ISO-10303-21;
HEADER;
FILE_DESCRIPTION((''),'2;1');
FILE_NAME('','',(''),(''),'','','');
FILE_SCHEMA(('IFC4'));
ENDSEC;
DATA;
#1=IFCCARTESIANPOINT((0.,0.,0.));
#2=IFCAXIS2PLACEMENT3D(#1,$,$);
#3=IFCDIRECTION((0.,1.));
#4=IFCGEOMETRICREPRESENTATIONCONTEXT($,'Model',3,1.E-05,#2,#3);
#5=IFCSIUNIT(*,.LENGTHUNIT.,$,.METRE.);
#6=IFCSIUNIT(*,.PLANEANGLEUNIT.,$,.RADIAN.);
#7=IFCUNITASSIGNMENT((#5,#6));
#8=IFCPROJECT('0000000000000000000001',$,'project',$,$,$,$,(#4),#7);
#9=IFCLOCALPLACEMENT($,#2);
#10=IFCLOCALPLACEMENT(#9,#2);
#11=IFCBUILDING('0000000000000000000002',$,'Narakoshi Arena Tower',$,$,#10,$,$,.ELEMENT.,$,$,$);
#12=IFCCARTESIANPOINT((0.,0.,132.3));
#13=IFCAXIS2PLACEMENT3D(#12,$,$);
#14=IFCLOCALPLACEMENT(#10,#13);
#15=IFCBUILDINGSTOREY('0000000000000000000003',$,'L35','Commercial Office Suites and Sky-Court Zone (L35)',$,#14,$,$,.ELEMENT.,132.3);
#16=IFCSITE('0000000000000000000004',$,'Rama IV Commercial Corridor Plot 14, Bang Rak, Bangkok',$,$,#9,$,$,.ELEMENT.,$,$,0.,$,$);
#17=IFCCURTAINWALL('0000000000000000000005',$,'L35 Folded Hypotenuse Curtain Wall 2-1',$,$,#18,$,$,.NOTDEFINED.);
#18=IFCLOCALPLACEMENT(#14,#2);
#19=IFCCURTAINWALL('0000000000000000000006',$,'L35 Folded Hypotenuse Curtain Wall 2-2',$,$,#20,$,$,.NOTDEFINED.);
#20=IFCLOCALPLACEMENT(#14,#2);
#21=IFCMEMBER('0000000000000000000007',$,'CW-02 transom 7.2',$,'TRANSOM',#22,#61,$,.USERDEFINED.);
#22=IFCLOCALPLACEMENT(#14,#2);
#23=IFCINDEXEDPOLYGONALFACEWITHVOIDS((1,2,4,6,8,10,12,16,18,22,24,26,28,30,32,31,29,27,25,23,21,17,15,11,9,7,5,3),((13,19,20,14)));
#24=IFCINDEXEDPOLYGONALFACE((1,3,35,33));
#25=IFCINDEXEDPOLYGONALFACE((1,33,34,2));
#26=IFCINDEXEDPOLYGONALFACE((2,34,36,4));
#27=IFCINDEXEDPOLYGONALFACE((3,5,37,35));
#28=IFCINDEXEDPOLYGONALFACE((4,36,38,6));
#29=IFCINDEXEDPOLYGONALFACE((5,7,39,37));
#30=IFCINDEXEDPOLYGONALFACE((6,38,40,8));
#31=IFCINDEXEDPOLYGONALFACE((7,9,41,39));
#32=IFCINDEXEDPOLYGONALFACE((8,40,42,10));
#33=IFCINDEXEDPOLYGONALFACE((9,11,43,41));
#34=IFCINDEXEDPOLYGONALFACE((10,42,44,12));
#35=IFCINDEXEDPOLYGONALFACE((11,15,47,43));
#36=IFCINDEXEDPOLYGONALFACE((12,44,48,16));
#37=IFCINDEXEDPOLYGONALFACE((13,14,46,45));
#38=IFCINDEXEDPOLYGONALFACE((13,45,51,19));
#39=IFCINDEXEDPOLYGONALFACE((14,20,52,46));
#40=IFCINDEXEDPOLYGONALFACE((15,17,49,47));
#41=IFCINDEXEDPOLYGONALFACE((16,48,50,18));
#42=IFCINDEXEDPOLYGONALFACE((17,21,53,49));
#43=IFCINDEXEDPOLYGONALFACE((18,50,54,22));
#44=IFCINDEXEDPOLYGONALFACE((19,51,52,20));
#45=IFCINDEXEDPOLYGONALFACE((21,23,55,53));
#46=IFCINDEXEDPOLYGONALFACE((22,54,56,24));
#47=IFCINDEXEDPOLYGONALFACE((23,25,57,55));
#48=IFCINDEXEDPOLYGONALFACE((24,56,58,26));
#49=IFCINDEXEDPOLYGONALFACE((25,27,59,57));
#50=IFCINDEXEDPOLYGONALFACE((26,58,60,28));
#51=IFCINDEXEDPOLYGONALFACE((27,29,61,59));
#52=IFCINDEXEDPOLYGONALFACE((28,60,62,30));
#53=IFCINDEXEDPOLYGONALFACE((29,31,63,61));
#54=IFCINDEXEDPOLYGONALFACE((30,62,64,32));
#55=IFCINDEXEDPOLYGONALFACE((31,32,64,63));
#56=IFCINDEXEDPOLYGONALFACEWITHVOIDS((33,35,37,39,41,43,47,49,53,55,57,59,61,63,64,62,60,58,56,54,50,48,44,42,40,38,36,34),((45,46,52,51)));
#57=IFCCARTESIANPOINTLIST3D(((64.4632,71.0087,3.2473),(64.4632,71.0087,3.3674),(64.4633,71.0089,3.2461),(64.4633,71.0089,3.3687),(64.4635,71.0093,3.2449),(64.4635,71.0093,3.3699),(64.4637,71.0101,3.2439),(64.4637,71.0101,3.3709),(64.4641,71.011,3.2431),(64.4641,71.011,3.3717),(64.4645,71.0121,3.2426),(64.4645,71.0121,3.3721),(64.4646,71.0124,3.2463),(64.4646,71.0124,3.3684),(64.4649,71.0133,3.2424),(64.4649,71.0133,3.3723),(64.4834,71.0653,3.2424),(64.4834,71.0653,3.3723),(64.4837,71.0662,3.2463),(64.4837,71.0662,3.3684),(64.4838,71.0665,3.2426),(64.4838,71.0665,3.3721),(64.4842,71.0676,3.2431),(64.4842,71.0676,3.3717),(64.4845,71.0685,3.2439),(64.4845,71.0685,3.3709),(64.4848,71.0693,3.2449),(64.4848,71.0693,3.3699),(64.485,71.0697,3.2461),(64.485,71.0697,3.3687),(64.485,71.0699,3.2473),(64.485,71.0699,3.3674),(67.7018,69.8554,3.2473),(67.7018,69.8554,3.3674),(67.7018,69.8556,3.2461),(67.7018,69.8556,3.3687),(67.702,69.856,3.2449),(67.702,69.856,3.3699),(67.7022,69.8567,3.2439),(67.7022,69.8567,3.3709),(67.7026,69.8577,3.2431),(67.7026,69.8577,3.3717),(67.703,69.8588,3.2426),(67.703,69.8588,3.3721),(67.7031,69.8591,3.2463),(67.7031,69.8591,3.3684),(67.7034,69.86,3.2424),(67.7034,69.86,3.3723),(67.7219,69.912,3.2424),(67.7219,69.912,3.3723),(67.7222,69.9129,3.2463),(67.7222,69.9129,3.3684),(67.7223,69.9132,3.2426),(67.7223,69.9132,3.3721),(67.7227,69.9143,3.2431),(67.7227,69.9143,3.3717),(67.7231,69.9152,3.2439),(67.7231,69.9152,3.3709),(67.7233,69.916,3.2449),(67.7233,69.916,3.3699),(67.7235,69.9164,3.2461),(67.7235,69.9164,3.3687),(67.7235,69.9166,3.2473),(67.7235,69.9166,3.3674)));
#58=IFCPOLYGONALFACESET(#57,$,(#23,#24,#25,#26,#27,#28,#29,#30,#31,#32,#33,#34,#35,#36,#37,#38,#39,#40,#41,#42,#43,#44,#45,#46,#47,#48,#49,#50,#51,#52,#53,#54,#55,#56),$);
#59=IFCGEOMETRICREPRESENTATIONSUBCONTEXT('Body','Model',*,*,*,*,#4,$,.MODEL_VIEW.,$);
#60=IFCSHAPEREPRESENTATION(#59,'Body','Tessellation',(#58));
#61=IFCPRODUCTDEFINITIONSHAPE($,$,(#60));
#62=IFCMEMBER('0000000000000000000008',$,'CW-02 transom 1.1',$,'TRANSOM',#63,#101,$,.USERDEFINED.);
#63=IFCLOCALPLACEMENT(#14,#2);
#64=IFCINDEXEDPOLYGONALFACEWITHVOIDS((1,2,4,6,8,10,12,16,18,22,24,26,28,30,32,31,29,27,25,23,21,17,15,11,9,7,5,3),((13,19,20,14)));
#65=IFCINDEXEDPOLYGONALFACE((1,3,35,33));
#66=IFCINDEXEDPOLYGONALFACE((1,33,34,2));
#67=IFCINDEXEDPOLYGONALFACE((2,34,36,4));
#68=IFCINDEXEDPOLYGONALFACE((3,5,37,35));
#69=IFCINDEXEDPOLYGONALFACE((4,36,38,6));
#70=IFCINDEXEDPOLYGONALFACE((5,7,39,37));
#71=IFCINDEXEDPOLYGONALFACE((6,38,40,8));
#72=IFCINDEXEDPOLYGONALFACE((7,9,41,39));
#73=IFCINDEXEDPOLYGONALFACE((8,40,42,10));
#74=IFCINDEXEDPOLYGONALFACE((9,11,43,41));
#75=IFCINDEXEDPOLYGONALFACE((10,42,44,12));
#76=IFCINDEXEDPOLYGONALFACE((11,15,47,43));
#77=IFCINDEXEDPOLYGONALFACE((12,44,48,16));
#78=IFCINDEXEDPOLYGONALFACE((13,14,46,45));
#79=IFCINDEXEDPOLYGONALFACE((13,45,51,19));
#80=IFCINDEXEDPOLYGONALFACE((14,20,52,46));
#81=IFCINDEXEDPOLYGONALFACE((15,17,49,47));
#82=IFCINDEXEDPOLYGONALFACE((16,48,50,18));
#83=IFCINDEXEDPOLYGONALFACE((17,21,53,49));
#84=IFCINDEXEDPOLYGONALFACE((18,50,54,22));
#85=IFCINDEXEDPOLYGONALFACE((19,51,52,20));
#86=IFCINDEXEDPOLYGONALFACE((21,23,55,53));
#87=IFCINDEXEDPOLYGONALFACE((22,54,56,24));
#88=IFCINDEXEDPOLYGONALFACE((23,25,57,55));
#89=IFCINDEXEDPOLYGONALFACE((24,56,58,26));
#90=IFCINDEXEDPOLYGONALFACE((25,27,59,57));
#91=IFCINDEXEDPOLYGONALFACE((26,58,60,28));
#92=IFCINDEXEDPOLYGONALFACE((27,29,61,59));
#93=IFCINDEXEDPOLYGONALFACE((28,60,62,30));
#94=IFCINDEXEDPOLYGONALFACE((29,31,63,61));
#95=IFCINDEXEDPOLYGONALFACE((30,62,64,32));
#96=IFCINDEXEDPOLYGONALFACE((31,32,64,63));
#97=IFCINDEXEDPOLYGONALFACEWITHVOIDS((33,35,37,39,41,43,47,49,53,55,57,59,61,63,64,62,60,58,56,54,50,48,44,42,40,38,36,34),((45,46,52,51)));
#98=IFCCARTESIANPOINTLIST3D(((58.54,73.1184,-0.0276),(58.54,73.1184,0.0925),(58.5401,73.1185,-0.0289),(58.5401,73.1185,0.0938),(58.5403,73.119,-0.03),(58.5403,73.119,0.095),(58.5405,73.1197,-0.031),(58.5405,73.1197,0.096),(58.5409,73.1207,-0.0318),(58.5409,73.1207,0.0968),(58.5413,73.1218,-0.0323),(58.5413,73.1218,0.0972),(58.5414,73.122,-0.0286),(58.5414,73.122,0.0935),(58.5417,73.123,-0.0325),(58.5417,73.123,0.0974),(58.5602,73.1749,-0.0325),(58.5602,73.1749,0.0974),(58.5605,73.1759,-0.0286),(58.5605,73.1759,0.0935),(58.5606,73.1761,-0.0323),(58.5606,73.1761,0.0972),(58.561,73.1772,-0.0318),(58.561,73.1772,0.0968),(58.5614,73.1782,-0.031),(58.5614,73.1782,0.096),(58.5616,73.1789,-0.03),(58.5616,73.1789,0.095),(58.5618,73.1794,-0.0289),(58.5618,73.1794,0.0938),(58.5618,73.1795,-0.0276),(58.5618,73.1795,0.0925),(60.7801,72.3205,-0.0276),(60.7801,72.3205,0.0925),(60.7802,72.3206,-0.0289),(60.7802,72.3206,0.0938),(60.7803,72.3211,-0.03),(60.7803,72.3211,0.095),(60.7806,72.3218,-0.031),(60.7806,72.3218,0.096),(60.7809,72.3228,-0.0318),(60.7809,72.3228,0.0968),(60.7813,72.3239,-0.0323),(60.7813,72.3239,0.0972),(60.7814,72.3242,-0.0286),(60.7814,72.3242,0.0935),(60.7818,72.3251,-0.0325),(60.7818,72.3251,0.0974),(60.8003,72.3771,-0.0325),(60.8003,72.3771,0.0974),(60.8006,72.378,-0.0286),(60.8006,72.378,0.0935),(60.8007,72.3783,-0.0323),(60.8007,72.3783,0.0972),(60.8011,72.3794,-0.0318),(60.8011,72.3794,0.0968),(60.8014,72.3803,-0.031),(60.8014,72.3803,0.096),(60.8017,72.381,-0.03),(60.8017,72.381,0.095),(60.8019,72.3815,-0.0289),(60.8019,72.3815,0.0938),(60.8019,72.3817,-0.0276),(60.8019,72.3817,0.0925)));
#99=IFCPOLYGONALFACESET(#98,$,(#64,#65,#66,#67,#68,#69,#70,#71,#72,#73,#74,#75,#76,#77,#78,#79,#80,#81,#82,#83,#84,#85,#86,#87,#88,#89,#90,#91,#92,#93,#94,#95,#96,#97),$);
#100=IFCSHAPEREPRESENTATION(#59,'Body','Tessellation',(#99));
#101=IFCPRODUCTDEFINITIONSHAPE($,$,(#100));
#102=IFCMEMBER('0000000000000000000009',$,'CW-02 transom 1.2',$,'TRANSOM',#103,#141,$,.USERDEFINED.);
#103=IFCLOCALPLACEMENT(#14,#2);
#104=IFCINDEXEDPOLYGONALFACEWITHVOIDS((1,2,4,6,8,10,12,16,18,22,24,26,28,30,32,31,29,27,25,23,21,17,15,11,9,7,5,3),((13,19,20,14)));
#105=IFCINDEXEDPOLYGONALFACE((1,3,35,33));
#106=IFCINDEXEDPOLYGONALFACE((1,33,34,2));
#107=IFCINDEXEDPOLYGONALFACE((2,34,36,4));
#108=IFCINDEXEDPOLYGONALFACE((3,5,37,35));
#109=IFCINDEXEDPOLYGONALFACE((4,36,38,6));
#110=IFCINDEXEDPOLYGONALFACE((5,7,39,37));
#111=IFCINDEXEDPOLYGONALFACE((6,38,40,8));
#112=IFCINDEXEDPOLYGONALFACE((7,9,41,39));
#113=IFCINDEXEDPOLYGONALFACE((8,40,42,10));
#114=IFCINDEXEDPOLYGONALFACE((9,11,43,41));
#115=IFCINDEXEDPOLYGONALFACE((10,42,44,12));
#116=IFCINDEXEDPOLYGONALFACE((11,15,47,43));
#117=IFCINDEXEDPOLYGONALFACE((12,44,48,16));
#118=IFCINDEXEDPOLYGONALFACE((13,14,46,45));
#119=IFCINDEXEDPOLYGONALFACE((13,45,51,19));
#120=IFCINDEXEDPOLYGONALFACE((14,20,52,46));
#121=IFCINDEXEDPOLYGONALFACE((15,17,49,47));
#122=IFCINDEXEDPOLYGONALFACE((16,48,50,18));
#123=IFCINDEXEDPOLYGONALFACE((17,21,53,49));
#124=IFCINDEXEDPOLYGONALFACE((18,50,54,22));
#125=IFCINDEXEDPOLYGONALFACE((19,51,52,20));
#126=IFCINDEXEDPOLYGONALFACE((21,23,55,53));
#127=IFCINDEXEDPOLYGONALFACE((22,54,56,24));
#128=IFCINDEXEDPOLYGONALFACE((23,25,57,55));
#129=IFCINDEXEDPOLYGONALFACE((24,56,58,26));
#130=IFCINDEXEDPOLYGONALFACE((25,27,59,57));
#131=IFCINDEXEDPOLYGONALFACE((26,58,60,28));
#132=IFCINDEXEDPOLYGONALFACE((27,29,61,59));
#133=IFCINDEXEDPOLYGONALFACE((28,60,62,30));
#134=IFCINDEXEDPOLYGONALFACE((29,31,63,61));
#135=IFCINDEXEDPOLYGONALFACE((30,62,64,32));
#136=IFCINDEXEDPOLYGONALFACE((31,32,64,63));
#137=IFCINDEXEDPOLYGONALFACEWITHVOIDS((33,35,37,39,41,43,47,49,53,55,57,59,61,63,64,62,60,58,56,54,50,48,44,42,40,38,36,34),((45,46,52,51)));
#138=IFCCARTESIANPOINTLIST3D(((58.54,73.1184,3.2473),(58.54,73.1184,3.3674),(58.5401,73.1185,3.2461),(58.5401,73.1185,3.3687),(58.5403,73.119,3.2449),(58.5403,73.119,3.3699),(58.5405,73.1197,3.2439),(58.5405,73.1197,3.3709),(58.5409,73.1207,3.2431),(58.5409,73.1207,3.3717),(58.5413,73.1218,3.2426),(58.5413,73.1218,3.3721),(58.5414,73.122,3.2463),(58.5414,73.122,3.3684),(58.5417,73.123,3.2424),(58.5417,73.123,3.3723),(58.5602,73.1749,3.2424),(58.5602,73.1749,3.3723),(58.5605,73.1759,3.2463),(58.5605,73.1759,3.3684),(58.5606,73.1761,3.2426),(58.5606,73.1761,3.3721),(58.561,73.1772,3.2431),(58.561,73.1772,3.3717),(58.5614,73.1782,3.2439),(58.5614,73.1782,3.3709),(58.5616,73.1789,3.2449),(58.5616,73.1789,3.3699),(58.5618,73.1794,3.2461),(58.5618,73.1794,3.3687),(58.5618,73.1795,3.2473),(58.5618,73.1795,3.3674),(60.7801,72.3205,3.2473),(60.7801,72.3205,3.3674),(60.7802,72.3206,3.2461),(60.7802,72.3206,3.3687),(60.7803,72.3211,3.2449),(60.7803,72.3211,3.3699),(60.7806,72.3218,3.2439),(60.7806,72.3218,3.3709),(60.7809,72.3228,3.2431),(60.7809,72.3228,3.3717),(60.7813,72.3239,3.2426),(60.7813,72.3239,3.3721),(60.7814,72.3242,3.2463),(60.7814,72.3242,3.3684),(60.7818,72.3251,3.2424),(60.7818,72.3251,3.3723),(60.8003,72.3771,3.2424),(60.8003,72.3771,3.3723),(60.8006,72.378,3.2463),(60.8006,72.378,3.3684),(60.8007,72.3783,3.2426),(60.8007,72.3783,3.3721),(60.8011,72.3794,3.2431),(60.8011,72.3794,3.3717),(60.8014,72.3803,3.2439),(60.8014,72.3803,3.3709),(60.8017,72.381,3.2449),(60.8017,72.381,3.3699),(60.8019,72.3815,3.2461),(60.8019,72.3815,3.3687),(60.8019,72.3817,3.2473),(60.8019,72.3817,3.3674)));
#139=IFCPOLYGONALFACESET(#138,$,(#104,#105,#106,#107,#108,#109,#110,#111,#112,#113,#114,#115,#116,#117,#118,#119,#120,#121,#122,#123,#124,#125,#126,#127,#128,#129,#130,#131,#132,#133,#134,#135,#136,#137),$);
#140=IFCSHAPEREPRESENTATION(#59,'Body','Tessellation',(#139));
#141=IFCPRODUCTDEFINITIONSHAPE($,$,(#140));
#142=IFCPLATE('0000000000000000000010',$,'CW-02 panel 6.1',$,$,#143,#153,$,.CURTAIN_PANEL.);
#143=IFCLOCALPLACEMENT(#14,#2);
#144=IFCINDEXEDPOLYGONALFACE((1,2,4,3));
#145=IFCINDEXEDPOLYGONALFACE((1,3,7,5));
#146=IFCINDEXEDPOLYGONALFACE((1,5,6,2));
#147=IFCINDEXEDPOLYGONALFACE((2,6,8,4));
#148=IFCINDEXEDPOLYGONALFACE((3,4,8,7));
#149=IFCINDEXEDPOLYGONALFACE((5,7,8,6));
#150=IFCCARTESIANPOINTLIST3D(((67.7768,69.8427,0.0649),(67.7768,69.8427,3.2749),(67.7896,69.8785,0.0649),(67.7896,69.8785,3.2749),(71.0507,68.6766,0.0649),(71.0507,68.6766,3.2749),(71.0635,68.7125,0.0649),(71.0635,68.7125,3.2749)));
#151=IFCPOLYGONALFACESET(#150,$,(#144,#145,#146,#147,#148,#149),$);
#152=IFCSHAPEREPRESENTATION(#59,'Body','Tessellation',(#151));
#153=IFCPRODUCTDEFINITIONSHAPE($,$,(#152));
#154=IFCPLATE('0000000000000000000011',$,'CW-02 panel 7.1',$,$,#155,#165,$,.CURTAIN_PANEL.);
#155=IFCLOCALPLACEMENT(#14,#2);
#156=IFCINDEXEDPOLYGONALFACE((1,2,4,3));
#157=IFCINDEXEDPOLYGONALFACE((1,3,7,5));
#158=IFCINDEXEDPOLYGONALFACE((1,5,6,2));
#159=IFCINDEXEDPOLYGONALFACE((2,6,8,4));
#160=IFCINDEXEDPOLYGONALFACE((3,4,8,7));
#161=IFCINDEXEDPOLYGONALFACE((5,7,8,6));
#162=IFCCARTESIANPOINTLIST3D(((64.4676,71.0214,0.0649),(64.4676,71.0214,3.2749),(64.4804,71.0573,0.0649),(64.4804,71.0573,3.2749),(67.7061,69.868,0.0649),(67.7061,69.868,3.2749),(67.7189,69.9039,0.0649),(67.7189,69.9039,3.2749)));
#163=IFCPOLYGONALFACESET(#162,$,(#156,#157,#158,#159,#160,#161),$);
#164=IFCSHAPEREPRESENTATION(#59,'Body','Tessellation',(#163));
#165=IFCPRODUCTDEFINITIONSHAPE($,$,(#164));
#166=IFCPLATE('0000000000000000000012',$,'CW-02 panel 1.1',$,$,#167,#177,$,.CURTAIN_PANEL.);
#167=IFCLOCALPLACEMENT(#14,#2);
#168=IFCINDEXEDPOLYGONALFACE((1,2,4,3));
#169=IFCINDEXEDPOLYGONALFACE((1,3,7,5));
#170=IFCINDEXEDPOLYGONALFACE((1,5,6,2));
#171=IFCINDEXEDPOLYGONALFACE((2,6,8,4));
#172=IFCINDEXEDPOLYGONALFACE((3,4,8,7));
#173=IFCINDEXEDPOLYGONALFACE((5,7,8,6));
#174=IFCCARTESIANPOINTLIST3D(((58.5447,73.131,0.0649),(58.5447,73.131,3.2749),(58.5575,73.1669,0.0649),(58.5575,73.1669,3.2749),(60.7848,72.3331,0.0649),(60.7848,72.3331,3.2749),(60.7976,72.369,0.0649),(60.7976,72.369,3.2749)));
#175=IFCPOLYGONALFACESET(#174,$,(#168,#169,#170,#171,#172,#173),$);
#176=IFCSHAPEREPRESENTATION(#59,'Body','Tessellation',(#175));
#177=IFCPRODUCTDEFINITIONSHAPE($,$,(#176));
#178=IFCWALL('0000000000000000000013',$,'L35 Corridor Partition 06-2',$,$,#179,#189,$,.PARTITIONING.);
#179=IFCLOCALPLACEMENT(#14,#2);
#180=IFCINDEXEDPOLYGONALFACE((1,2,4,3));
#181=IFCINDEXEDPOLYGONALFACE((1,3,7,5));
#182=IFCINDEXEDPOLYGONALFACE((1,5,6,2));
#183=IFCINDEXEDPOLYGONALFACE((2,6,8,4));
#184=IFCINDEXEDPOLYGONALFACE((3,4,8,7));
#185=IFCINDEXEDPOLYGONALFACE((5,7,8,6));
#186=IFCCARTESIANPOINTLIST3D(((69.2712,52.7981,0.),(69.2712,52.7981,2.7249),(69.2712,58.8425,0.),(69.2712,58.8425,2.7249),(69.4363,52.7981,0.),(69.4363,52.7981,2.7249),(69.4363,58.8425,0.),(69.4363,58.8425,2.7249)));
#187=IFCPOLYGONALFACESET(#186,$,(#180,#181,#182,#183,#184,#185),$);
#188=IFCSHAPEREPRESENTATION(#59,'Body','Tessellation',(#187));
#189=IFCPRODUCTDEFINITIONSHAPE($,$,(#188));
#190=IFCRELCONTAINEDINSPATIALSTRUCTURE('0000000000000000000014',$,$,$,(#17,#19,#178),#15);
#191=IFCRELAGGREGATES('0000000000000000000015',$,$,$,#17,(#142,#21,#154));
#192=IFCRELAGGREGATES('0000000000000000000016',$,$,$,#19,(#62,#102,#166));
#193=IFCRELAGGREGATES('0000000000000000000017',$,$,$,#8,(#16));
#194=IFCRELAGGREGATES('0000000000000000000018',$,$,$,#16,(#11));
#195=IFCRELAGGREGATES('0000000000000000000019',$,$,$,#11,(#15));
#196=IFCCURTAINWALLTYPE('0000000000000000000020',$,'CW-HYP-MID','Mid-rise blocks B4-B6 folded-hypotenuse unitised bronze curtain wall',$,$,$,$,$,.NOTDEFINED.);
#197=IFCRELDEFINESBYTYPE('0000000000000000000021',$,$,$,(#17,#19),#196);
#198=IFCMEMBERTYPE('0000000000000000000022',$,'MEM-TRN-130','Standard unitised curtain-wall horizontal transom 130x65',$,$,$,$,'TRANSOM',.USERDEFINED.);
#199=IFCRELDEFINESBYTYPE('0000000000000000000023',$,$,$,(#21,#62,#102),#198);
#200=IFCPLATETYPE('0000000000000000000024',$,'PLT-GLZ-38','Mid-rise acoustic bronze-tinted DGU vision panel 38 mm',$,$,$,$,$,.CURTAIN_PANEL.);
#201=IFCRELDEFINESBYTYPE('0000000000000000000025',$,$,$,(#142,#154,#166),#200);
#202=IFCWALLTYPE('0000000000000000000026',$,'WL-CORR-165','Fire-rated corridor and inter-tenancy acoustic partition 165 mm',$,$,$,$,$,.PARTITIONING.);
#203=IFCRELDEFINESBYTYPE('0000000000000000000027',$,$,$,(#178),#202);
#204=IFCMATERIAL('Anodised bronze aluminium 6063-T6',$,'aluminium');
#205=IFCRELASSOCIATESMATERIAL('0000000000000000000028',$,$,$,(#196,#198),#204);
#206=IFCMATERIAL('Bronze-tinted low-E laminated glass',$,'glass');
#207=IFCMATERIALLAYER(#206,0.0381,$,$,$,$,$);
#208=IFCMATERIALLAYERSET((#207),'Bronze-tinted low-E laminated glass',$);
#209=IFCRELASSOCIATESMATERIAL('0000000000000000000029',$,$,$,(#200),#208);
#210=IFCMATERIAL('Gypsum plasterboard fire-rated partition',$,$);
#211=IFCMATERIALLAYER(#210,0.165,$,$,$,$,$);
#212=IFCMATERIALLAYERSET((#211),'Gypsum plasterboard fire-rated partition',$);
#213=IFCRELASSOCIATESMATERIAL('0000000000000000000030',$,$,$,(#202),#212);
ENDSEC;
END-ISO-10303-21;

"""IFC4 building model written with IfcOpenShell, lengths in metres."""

from ifc_helpers import new_model, si_unit, direction, frame, frame_2d, origin, origin_2d, place, context, subcontext, project, spatial, rectangle, hollow_rectangle, extrude, material, layer, layer_set, material_profile, profile_set, type_object, element, aggregate, save


model = new_model("IFC4")

# Units and contexts
model_context = context("Model", 3, precision=1e-05, world=origin(), true_north=direction((0.0, 1.0)))
body_context = subcontext(model_context, "Body", "Model", "MODEL_VIEW")
ifc_project = project(units=[si_unit("LENGTHUNIT", "METRE"), si_unit("PLANEANGLEUNIT", "RADIAN")], contexts=[model_context])

# Site, building, storey
site_placement = place(None, origin())
site = spatial("IfcSite", under=ifc_project, at=site_placement, Name="Rama IV Commercial Corridor Plot 14, Bang Rak, Bangkok", CompositionType="ELEMENT", RefElevation=0.0)
building_placement = place(site_placement, origin())
building = spatial("IfcBuilding", under=site, at=building_placement, Name="Narakoshi Arena Tower", CompositionType="ELEMENT")
storey_placement = place(building_placement, frame((0.0, 0.0, 132.3)))
storey = spatial("IfcBuildingStorey", under=building, at=storey_placement, Name="L35", Description="Commercial Office Suites and Sky-Court Zone (L35)", CompositionType="ELEMENT", Elevation=132.3)

# Curtain walls
ifc_material_1 = material(Name="Anodised bronze aluminium 6063-T6", Category="aluminium")
curtain_wall_type = type_object("IfcCurtainWallType", Name="CW-HYP-MID", Description="Mid-rise blocks B4-B6 folded-hypotenuse unitised bronze curtain wall", PredefinedType="NOTDEFINED", material=ifc_material_1)
curtain_wall_1_placement = place(storey_placement, origin())
curtain_wall_1 = element("IfcCurtainWall", 1, at=curtain_wall_1_placement, inside=storey, type_object=curtain_wall_type, Name="L35 Folded Hypotenuse Curtain Wall 2-1", PredefinedType="NOTDEFINED")
curtain_wall_2_placement = place(storey_placement, origin())
curtain_wall_2 = element("IfcCurtainWall", 2, at=curtain_wall_2_placement, inside=storey, type_object=curtain_wall_type, Name="L35 Folded Hypotenuse Curtain Wall 2-2", PredefinedType="NOTDEFINED")

# Members
ifc_material_profile_1 = material_profile(ifc_material_1, hollow_rectangle(XDim=0.0649, YDim=0.1299, WallThickness=0.0039, OuterFilletRadius=0.0049, at=origin_2d()), Name="TRN130x65x4")
ifc_profile_set_1 = profile_set([ifc_material_profile_1], Name="Anodised bronze aluminium 6063-T6")
member_type_1 = type_object("IfcMemberType", Name="MEM-TRN-130", Description="Standard unitised curtain-wall horizontal transom 130x65", ElementType="TRANSOM", PredefinedType="USERDEFINED", material=ifc_profile_set_1)
member_1_placement = place(storey_placement, frame((67.7126, 69.886, 3.3074), z_axis=(-0.942045, 0.335486, 0.0), x_axis=(-0.335486, -0.942045, 0.0)))
member_1 = element("IfcMember", 3, at=member_1_placement, type_object=member_type_1, Name="CW-02 transom 7.2", ObjectType="TRANSOM", PredefinedType="USERDEFINED", context=body_context, shape_type="SweptSolid", body=[
    extrude(hollow_rectangle(XDim=0.0649, YDim=0.1299, WallThickness=0.0039, OuterFilletRadius=0.0049, at=origin_2d()), origin(), (0.0, 0.0, 1.0), 3.4377),
])
member_2_placement = place(storey_placement, frame((60.791, 72.3511, 0.0325), z_axis=(-0.942027, 0.335536, 0.0), x_axis=(-0.335536, -0.942027, 0.0)))
member_2 = element("IfcMember", 4, at=member_2_placement, type_object=member_type_1, Name="CW-02 transom 1.1", ObjectType="TRANSOM", PredefinedType="USERDEFINED", context=body_context, shape_type="SweptSolid", body=[
    extrude(hollow_rectangle(XDim=0.0649, YDim=0.1299, WallThickness=0.0039, OuterFilletRadius=0.0049, at=origin_2d()), origin(), (0.0, 0.0, 1.0), 2.3779),
])
member_3_placement = place(storey_placement, frame((60.791, 72.3511, 3.3074), z_axis=(-0.942027, 0.335536, 0.0), x_axis=(-0.335536, -0.942027, 0.0)))
member_3 = element("IfcMember", 5, at=member_3_placement, type_object=member_type_1, Name="CW-02 transom 1.2", ObjectType="TRANSOM", PredefinedType="USERDEFINED", context=body_context, shape_type="SweptSolid", body=[
    extrude(hollow_rectangle(XDim=0.0649, YDim=0.1299, WallThickness=0.0039, OuterFilletRadius=0.0049, at=origin_2d()), origin(), (0.0, 0.0, 1.0), 2.3779),
])

# Plates
ifc_material_2 = material(Name="Bronze-tinted low-E laminated glass", Category="glass")
ifc_layer_1 = layer(ifc_material_2, 0.0381)
ifc_layer_set_1 = layer_set([ifc_layer_1], Name="Bronze-tinted low-E laminated glass")
plate_type = type_object("IfcPlateType", Name="PLT-GLZ-38", Description="Mid-rise acoustic bronze-tinted DGU vision panel 38 mm", PredefinedType="CURTAIN_PANEL", material=ifc_layer_set_1)
plate_1_placement = place(storey_placement, frame((69.4202, 69.2776, 0.0649), z_axis=(0.0, 0.0, 1.0), x_axis=(-0.942034, 0.335518, 0.0)))
plate_1 = element("IfcPlate", 6, at=plate_1_placement, type_object=plate_type, Name="CW-02 panel 6.1", PredefinedType="CURTAIN_PANEL", context=body_context, shape_type="SweptSolid", body=[
    extrude(rectangle(XDim=3.4753, YDim=0.0381, at=origin_2d()), origin(), (0.0, 0.0, 1.0), 3.21),
])
plate_2_placement = place(storey_placement, frame((66.0933, 70.4626, 0.0649), z_axis=(0.0, 0.0, 1.0), x_axis=(-0.942034, 0.335518, 0.0)))
plate_2 = element("IfcPlate", 7, at=plate_2_placement, type_object=plate_type, Name="CW-02 panel 7.1", PredefinedType="CURTAIN_PANEL", context=body_context, shape_type="SweptSolid", body=[
    extrude(rectangle(XDim=3.4377, YDim=0.0381, at=origin_2d()), origin(), (0.0, 0.0, 1.0), 3.21),
])
aggregate(curtain_wall_1, [plate_1, member_1, plate_2])
plate_3_placement = place(storey_placement, frame((59.6711, 72.75, 0.0649), z_axis=(0.0, 0.0, 1.0), x_axis=(-0.942025, 0.335542, 0.0)))
plate_3 = element("IfcPlate", 8, at=plate_3_placement, type_object=plate_type, Name="CW-02 panel 1.1", PredefinedType="CURTAIN_PANEL", context=body_context, shape_type="SweptSolid", body=[
    extrude(rectangle(XDim=2.3779, YDim=0.0381, at=origin_2d()), origin(), (0.0, 0.0, 1.0), 3.21),
])
aggregate(curtain_wall_2, [member_2, member_3, plate_3])

# Wall
ifc_material_3 = material(Name="Gypsum plasterboard fire-rated partition")
ifc_layer_2 = layer(ifc_material_3, 0.165)
ifc_layer_set_2 = layer_set([ifc_layer_2], Name="Gypsum plasterboard fire-rated partition")
wall_type_1 = type_object("IfcWallType", Name="WL-CORR-165", Description="Fire-rated corridor and inter-tenancy acoustic partition 165 mm", PredefinedType="PARTITIONING", material=ifc_layer_set_2)
wall_1_placement = place(storey_placement, frame((69.3538, 58.8425, 0.0), z_axis=(0.0, 0.0, 1.0), x_axis=(0.0, -1.0, 0.0)))
element("IfcWall", 9, at=wall_1_placement, inside=storey, type_object=wall_type_1, Name="L35 Corridor Partition 06-2", PredefinedType="PARTITIONING", context=body_context, shape_type="SweptSolid", body=[
    extrude(rectangle(XDim=6.0444, YDim=0.165, at=frame_2d((3.0222, 0.0))), origin(), (0.0, 0.0, 1.0), 2.7249),
])

save(model, "model.ifc")
